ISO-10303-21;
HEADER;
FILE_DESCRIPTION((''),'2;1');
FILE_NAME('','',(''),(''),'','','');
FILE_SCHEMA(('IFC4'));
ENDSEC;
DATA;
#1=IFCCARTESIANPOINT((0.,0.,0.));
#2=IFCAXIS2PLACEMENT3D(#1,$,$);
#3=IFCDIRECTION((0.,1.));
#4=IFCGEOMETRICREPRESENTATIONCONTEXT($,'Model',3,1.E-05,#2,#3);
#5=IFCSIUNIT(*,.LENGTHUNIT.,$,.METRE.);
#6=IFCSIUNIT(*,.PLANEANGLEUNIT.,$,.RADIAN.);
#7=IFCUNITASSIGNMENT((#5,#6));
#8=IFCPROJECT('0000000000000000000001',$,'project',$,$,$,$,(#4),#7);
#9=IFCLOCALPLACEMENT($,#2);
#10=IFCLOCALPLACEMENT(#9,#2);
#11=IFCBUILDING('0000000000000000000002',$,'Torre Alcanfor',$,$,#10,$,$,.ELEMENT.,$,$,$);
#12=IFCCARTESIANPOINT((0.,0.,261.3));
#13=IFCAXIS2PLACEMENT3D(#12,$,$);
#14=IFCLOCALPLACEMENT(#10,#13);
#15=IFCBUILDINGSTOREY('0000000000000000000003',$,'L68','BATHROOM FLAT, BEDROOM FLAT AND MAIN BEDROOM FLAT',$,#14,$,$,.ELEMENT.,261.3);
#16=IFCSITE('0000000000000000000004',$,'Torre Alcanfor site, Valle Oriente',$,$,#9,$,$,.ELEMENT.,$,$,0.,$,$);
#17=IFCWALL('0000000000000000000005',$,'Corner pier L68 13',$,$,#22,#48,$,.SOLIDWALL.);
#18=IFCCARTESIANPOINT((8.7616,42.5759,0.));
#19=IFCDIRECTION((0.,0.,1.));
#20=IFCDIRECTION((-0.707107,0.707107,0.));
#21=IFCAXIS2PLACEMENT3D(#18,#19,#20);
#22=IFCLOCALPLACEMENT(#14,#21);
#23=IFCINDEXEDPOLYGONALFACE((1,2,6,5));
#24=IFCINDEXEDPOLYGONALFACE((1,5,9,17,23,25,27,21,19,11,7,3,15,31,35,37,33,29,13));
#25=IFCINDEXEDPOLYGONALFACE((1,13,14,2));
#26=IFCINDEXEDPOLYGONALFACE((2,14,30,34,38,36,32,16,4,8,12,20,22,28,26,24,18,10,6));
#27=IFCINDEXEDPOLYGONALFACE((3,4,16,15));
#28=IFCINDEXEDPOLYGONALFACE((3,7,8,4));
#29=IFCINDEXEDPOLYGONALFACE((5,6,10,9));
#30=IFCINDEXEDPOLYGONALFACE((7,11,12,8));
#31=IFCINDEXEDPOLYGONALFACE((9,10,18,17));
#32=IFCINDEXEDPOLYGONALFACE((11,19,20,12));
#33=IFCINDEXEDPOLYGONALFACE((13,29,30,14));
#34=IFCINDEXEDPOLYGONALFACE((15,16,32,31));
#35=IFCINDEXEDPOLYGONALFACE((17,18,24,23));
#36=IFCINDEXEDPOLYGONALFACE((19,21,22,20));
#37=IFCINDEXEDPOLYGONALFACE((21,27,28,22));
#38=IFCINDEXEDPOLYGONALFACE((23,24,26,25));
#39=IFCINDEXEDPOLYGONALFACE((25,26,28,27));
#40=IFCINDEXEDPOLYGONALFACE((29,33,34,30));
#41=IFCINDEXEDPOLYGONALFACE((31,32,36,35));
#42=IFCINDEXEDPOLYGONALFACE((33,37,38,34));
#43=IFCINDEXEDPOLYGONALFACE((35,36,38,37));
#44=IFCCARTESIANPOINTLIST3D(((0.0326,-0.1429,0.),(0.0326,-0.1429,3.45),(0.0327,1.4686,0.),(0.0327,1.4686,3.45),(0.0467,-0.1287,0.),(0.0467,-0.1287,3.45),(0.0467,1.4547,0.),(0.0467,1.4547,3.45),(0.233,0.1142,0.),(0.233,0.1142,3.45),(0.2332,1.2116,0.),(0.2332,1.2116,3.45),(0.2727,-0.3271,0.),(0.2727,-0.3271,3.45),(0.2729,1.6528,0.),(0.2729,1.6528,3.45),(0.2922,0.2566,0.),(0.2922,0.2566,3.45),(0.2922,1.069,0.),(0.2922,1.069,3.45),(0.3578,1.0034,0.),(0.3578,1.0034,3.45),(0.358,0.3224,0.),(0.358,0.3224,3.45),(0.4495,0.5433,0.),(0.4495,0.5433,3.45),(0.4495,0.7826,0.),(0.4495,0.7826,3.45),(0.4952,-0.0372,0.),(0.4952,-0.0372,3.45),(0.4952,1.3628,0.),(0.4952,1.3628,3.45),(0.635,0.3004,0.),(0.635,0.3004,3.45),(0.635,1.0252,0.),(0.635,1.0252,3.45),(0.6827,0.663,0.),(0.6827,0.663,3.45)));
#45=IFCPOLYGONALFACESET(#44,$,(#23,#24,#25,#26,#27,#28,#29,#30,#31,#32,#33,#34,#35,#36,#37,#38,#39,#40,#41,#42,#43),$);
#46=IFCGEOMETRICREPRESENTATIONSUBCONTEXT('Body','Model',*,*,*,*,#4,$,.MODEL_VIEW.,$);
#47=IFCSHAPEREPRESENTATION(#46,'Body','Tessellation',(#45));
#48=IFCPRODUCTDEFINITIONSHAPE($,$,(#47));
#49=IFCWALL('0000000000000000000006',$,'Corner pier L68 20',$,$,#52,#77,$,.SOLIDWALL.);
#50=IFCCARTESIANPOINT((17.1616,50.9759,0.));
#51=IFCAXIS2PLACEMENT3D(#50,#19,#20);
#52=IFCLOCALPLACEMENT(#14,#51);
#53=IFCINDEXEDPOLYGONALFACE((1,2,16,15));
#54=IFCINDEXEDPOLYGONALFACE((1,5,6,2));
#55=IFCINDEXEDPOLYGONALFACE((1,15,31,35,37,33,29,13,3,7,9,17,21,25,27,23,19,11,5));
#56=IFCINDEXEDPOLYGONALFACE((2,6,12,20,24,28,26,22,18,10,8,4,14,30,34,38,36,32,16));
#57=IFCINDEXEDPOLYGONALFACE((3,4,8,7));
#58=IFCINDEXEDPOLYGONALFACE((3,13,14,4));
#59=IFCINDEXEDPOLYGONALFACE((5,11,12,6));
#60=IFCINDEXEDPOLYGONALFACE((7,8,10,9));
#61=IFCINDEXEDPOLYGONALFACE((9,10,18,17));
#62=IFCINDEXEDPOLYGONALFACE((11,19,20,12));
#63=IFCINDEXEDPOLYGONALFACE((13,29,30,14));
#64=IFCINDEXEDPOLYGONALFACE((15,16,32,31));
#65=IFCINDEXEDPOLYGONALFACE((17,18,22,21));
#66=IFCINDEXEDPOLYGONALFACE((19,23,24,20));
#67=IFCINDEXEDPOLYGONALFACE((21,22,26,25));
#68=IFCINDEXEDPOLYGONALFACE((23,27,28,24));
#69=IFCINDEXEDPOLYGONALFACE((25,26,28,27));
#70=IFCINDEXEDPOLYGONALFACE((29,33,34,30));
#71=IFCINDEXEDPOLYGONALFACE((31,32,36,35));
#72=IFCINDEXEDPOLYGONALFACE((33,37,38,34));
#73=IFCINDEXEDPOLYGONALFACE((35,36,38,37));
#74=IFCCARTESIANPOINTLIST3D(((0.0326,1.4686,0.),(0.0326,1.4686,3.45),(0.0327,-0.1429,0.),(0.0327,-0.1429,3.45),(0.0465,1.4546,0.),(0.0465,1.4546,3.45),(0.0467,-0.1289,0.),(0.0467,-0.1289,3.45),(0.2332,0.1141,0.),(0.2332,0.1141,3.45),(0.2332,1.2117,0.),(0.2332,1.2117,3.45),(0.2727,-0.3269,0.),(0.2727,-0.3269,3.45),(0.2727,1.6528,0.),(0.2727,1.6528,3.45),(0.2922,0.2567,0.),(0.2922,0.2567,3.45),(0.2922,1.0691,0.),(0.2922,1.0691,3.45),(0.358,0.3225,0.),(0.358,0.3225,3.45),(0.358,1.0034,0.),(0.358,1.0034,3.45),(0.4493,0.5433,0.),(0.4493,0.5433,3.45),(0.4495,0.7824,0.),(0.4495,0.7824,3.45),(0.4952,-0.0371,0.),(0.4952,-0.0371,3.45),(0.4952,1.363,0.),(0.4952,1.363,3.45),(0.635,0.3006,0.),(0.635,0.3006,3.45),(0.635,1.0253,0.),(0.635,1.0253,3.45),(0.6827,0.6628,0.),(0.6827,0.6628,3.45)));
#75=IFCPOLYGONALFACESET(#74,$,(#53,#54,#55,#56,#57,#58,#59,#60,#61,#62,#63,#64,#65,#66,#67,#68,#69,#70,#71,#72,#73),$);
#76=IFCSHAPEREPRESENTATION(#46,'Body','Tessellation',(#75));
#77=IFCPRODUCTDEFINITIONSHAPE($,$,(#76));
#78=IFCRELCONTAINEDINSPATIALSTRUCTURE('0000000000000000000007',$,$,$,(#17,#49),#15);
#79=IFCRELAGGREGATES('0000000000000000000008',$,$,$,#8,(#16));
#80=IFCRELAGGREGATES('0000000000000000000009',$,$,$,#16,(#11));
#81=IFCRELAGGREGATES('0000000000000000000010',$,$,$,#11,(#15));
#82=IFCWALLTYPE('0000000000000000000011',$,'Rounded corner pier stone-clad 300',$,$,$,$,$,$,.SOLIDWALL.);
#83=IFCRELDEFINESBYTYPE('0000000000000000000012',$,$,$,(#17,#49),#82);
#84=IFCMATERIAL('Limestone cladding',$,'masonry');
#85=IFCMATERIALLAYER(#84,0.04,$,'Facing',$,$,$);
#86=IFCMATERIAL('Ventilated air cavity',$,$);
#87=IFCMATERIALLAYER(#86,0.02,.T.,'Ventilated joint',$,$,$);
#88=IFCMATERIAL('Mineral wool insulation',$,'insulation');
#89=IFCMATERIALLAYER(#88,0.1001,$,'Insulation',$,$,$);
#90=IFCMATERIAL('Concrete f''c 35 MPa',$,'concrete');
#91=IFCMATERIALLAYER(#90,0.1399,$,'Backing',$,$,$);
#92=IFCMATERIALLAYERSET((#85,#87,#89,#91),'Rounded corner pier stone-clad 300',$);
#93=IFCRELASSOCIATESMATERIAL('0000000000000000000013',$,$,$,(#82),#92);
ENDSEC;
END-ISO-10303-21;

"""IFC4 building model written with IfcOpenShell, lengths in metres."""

from ifc_helpers import new_model, si_unit, direction, frame, origin, place, context, subcontext, project, spatial, polyline, outline, extrude, material, layer, layer_set, type_object, element, save


model = new_model("IFC4")

# Units and contexts
model_context = context("Model", 3, precision=1e-05, world=origin(), true_north=direction((0.0, 1.0)))
body_context = subcontext(model_context, "Body", "Model", "MODEL_VIEW")
ifc_project = project(units=[si_unit("LENGTHUNIT", "METRE"), si_unit("PLANEANGLEUNIT", "RADIAN")], contexts=[model_context])

# Site, building, storey
site_placement = place(None, origin())
site = spatial("IfcSite", under=ifc_project, at=site_placement, Name="Torre Alcanfor site, Valle Oriente", CompositionType="ELEMENT", RefElevation=0.0)
building_placement = place(site_placement, origin())
building = spatial("IfcBuilding", under=site, at=building_placement, Name="Torre Alcanfor", CompositionType="ELEMENT")
storey_placement = place(building_placement, frame((0.0, 0.0, 261.3)))
storey = spatial("IfcBuildingStorey", under=building, at=storey_placement, Name="L68", Description="BATHROOM FLAT, BEDROOM FLAT AND MAIN BEDROOM FLAT", CompositionType="ELEMENT", Elevation=261.3)

# Shared definitions
ifc_material_1 = material(Name="Limestone cladding", Category="masonry")
ifc_material_2 = material(Name="Ventilated air cavity")
ifc_material_3 = material(Name="Mineral wool insulation", Category="insulation")
ifc_material_4 = material(Name="Concrete f'c 35 MPa", Category="concrete")

# Walls
ifc_layer_1 = layer(ifc_material_1, 0.04, Name="Facing")
ifc_layer_2 = layer(ifc_material_2, 0.02, ventilated=True, Name="Ventilated joint")
ifc_layer_3 = layer(ifc_material_3, 0.1001, Name="Insulation")
ifc_layer_4 = layer(ifc_material_4, 0.1399, Name="Backing")
ifc_layer_set_1 = layer_set([ifc_layer_1, ifc_layer_2, ifc_layer_3, ifc_layer_4], Name="Rounded corner pier stone-clad 300")
wall_type_1 = type_object("IfcWallType", Name="Rounded corner pier stone-clad 300", PredefinedType="SOLIDWALL", material=ifc_layer_set_1)
wall_1_placement = place(storey_placement, frame((8.7616, 42.5759, 0.0), z_axis=(0.0, 0.0, 1.0), x_axis=(-0.707107, 0.707107, 0.0)))
element("IfcWall", 1, at=wall_1_placement, inside=storey, type_object=wall_type_1, Name="Corner pier L68 13", PredefinedType="SOLIDWALL", context=body_context, shape_type="SweptSolid", body=[
    extrude(outline(polyline([(0.233, 0.1142), (0.0467, -0.1287), (0.0326, -0.1429), (0.2727, -0.3271), (0.4952, -0.0372), (0.635, 0.3004), (0.6827, 0.663), (0.635, 1.0252), (0.4952, 1.3628), (0.2729, 1.6528), (0.0327, 1.4686), (0.0467, 1.4547), (0.2332, 1.2116), (0.2922, 1.069), (0.3578, 1.0034), (0.4495, 0.7826), (0.4495, 0.5433), (0.358, 0.3224), (0.2922, 0.2566), (0.233, 0.1142)])), origin(), (0.0, 0.0, 1.0), 3.45),
])
wall_2_placement = place(storey_placement, frame((17.1616, 50.9759, 0.0), z_axis=(0.0, 0.0, 1.0), x_axis=(-0.707107, 0.707107, 0.0)))
element("IfcWall", 2, at=wall_2_placement, inside=storey, type_object=wall_type_1, Name="Corner pier L68 20", PredefinedType="SOLIDWALL", context=body_context, shape_type="SweptSolid", body=[
    extrude(outline(polyline([(0.0467, -0.1289), (0.0327, -0.1429), (0.2727, -0.3269), (0.4952, -0.0371), (0.635, 0.3006), (0.6827, 0.6628), (0.635, 1.0253), (0.4952, 1.363), (0.2727, 1.6528), (0.0326, 1.4686), (0.0465, 1.4546), (0.2332, 1.2117), (0.2922, 1.0691), (0.358, 1.0034), (0.4495, 0.7824), (0.4493, 0.5433), (0.358, 0.3225), (0.2922, 0.2567), (0.2332, 0.1141), (0.0467, -0.1289)])), origin(), (0.0, 0.0, 1.0), 3.45),
])

save(model, "model.ifc")
